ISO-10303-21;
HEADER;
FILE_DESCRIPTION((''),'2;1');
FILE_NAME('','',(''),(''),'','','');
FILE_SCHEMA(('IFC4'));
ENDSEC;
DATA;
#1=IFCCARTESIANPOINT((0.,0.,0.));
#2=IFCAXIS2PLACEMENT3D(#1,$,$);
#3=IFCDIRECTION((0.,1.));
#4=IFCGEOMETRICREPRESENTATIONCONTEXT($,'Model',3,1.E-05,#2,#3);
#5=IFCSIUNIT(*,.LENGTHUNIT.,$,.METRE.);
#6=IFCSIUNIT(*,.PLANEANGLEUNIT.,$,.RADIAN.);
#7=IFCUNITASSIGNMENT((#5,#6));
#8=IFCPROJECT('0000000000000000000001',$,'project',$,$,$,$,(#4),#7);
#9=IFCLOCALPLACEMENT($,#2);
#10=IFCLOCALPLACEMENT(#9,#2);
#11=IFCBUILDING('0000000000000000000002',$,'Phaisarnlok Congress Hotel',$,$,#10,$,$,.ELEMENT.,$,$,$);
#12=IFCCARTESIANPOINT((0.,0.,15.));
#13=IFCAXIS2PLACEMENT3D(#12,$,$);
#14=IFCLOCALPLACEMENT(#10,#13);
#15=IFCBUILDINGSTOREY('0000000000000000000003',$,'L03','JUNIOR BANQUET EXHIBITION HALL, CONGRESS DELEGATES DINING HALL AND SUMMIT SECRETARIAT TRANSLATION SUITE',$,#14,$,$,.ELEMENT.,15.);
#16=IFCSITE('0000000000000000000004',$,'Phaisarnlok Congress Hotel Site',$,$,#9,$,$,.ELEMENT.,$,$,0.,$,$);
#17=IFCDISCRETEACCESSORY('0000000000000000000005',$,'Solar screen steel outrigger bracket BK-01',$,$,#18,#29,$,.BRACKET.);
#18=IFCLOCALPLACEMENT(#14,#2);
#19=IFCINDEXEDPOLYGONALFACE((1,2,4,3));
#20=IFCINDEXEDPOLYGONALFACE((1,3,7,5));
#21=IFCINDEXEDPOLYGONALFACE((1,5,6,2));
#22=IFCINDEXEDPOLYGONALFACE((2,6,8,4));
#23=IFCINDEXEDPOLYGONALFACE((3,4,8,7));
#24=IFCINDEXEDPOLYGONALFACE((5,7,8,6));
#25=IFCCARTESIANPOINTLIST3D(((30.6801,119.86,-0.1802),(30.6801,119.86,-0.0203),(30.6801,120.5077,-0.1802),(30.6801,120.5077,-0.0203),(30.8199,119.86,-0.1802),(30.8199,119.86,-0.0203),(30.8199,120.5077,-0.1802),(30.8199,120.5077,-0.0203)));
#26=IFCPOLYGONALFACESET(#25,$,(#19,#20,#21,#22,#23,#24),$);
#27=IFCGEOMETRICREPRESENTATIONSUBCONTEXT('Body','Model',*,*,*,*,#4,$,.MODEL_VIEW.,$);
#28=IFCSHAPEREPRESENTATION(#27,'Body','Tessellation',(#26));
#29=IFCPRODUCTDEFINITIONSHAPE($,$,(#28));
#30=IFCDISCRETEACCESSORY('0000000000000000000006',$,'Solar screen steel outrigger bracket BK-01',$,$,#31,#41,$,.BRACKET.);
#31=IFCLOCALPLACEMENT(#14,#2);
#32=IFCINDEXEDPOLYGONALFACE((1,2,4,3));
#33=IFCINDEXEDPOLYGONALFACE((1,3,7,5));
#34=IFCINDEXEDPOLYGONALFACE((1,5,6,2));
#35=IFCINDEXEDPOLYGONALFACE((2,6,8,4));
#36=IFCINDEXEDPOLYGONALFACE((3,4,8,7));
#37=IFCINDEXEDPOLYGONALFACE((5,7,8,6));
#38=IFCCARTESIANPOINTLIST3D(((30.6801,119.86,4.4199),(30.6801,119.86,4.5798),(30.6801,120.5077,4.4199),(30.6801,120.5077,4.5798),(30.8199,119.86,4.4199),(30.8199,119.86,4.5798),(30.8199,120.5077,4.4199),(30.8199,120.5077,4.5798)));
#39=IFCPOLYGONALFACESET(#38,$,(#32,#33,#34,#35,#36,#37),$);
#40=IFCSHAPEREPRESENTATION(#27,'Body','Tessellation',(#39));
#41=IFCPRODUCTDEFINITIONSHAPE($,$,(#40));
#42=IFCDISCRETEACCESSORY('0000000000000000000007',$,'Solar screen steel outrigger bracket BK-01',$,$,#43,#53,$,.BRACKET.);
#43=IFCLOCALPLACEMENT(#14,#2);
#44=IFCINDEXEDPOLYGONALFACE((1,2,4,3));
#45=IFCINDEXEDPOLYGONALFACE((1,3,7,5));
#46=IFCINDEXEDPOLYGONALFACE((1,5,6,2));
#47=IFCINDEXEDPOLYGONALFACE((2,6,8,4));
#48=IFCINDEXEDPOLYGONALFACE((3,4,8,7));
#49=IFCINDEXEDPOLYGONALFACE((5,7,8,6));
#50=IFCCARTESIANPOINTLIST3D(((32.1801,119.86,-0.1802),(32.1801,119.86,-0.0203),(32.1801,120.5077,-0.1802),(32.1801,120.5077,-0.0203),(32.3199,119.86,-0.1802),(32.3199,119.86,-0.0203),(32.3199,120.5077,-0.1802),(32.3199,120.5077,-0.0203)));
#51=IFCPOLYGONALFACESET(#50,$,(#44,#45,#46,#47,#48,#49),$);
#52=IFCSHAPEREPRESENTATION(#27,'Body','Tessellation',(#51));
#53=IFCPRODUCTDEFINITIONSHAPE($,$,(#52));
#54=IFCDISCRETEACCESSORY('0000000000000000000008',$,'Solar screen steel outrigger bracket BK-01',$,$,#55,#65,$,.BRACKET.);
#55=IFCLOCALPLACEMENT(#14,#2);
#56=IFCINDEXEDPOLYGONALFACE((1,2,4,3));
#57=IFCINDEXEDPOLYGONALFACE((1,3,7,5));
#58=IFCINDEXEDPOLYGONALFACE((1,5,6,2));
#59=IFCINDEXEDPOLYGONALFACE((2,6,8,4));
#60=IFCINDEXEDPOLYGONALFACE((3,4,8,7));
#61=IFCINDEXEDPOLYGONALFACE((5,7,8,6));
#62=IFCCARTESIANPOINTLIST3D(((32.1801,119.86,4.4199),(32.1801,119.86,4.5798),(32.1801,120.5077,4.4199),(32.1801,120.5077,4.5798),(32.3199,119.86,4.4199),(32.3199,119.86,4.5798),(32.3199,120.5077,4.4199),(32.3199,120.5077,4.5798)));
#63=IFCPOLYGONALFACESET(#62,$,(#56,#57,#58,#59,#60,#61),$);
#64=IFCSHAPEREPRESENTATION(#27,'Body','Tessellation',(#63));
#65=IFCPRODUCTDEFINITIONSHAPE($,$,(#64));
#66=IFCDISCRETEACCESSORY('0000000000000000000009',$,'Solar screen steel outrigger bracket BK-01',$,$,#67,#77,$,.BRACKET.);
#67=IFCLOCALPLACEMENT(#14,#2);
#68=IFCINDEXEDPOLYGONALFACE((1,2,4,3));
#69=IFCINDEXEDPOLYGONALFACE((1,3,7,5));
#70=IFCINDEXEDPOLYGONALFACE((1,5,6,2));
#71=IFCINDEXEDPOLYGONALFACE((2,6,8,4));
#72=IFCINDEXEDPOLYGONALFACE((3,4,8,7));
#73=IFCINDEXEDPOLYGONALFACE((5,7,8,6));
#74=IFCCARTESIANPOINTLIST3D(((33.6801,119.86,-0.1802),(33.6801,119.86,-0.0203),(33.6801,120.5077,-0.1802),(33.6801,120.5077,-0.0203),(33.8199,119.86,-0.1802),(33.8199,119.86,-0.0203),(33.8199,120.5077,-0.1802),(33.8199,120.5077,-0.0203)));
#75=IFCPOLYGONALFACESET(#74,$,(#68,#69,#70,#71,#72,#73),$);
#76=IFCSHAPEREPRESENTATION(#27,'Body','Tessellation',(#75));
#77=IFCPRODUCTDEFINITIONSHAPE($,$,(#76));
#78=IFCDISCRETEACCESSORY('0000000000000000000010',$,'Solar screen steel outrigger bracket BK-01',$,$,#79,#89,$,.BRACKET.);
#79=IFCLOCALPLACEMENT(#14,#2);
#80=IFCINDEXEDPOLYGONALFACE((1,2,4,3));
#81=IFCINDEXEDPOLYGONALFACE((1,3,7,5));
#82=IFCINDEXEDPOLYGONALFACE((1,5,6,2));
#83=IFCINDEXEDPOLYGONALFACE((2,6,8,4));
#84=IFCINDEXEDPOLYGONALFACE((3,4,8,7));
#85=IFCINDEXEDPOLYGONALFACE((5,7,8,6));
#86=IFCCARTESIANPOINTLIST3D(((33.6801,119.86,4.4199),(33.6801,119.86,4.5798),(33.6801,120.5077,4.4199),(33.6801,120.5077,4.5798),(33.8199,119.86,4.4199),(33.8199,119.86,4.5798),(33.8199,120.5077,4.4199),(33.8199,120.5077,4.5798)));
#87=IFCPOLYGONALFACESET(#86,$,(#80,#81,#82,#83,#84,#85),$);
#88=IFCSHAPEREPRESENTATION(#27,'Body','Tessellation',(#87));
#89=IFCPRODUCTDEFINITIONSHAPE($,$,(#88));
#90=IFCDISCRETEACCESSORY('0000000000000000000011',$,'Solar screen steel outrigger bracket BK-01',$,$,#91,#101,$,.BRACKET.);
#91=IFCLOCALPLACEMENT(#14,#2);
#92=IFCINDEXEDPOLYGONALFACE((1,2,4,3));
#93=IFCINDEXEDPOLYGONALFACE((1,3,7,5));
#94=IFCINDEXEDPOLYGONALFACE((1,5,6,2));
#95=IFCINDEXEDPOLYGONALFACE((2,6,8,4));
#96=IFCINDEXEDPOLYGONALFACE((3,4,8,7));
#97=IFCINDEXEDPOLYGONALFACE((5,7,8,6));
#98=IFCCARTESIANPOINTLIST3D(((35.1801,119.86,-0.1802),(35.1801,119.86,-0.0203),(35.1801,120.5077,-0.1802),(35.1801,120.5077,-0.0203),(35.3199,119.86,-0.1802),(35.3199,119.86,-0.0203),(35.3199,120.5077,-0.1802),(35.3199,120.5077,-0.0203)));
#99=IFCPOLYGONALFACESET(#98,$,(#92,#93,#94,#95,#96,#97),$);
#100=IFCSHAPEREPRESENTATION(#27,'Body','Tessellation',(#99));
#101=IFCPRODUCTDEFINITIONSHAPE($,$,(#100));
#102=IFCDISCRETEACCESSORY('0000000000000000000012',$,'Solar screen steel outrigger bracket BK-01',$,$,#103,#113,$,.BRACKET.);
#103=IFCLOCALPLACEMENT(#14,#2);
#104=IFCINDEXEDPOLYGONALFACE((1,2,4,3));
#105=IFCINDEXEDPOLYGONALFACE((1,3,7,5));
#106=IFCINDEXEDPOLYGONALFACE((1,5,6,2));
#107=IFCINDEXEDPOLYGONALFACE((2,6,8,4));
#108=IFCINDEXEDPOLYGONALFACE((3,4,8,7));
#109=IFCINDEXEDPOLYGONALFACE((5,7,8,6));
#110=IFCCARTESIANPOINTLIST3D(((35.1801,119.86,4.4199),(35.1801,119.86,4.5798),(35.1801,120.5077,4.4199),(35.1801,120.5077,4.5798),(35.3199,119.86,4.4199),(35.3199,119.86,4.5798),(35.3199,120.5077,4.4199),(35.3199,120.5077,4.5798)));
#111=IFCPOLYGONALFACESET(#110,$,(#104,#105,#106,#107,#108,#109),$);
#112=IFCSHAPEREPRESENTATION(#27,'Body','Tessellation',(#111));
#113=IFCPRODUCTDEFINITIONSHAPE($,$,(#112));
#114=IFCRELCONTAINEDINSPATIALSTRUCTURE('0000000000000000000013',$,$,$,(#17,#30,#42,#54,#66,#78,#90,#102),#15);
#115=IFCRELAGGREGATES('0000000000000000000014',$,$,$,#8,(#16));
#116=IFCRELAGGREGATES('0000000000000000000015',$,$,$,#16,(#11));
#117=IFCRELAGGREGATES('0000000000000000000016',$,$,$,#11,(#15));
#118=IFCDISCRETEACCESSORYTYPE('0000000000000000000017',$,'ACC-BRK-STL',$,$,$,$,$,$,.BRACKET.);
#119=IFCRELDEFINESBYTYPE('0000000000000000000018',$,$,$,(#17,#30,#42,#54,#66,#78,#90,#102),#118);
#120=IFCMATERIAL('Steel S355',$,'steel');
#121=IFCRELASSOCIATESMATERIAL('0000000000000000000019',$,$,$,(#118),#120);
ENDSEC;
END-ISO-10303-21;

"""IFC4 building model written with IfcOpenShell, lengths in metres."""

from ifc_helpers import new_model, si_unit, direction, frame, origin, origin_2d, place, context, subcontext, project, spatial, rectangle, extrude, material, type_object, element, save


model = new_model("IFC4")

# Units and contexts
model_context = context("Model", 3, precision=1e-05, world=origin(), true_north=direction((0.0, 1.0)))
body_context = subcontext(model_context, "Body", "Model", "MODEL_VIEW")
ifc_project = project(units=[si_unit("LENGTHUNIT", "METRE"), si_unit("PLANEANGLEUNIT", "RADIAN")], contexts=[model_context])

# Site, building, storey
site_placement = place(None, origin())
site = spatial("IfcSite", under=ifc_project, at=site_placement, Name="Phaisarnlok Congress Hotel Site", CompositionType="ELEMENT", RefElevation=0.0)
building_placement = place(site_placement, origin())
building = spatial("IfcBuilding", under=site, at=building_placement, Name="Phaisarnlok Congress Hotel", CompositionType="ELEMENT")
storey_placement = place(building_placement, frame((0.0, 0.0, 15.0)))
storey = spatial("IfcBuildingStorey", under=building, at=storey_placement, Name="L03", Description="JUNIOR BANQUET EXHIBITION HALL, CONGRESS DELEGATES DINING HALL AND SUMMIT SECRETARIAT TRANSLATION SUITE", CompositionType="ELEMENT", Elevation=15.0)

# Shared definitions
ifc_material_1 = material(Name="Steel S355", Category="steel")

# Discrete accessories
discrete_accessory_type = type_object("IfcDiscreteAccessoryType", Name="ACC-BRK-STL", PredefinedType="BRACKET", material=ifc_material_1)
for number, where, z_axis, x_axis, name in (
    (1, (30.75, 120.1838, -0.1802), (0.0, 0.0, 1.0), (1.0, 0.0, 0.0), "Solar screen steel outrigger bracket BK-01"),
    (2, (30.75, 120.1838, 4.4199), (0.0, 0.0, 1.0), (1.0, 0.0, 0.0), "Solar screen steel outrigger bracket BK-01"),
    (3, (32.25, 120.1838, -0.1802), (0.0, 0.0, 1.0), (1.0, 0.0, 0.0), "Solar screen steel outrigger bracket BK-01"),
    (4, (32.25, 120.1838, 4.4199), (0.0, 0.0, 1.0), (1.0, 0.0, 0.0), "Solar screen steel outrigger bracket BK-01"),
    (5, (33.75, 120.1838, -0.1802), (0.0, 0.0, 1.0), (1.0, 0.0, 0.0), "Solar screen steel outrigger bracket BK-01"),
    (6, (33.75, 120.1838, 4.4199), (0.0, 0.0, 1.0), (1.0, 0.0, 0.0), "Solar screen steel outrigger bracket BK-01"),
    (7, (35.25, 120.1838, -0.1802), (0.0, 0.0, 1.0), (1.0, 0.0, 0.0), "Solar screen steel outrigger bracket BK-01"),
    (8, (35.25, 120.1838, 4.4199), (0.0, 0.0, 1.0), (1.0, 0.0, 0.0), "Solar screen steel outrigger bracket BK-01"),
):
    element("IfcDiscreteAccessory", number, at=place(storey_placement, frame(where, z_axis=z_axis, x_axis=x_axis)), inside=storey, type_object=discrete_accessory_type, Name=name, PredefinedType="BRACKET", context=body_context, shape_type="SweptSolid", body=[
        extrude(rectangle(XDim=0.1399, YDim=0.6477, at=origin_2d()), origin(), (0.0, 0.0, 1.0), 0.1599),
    ])

save(model, "model.ifc")
